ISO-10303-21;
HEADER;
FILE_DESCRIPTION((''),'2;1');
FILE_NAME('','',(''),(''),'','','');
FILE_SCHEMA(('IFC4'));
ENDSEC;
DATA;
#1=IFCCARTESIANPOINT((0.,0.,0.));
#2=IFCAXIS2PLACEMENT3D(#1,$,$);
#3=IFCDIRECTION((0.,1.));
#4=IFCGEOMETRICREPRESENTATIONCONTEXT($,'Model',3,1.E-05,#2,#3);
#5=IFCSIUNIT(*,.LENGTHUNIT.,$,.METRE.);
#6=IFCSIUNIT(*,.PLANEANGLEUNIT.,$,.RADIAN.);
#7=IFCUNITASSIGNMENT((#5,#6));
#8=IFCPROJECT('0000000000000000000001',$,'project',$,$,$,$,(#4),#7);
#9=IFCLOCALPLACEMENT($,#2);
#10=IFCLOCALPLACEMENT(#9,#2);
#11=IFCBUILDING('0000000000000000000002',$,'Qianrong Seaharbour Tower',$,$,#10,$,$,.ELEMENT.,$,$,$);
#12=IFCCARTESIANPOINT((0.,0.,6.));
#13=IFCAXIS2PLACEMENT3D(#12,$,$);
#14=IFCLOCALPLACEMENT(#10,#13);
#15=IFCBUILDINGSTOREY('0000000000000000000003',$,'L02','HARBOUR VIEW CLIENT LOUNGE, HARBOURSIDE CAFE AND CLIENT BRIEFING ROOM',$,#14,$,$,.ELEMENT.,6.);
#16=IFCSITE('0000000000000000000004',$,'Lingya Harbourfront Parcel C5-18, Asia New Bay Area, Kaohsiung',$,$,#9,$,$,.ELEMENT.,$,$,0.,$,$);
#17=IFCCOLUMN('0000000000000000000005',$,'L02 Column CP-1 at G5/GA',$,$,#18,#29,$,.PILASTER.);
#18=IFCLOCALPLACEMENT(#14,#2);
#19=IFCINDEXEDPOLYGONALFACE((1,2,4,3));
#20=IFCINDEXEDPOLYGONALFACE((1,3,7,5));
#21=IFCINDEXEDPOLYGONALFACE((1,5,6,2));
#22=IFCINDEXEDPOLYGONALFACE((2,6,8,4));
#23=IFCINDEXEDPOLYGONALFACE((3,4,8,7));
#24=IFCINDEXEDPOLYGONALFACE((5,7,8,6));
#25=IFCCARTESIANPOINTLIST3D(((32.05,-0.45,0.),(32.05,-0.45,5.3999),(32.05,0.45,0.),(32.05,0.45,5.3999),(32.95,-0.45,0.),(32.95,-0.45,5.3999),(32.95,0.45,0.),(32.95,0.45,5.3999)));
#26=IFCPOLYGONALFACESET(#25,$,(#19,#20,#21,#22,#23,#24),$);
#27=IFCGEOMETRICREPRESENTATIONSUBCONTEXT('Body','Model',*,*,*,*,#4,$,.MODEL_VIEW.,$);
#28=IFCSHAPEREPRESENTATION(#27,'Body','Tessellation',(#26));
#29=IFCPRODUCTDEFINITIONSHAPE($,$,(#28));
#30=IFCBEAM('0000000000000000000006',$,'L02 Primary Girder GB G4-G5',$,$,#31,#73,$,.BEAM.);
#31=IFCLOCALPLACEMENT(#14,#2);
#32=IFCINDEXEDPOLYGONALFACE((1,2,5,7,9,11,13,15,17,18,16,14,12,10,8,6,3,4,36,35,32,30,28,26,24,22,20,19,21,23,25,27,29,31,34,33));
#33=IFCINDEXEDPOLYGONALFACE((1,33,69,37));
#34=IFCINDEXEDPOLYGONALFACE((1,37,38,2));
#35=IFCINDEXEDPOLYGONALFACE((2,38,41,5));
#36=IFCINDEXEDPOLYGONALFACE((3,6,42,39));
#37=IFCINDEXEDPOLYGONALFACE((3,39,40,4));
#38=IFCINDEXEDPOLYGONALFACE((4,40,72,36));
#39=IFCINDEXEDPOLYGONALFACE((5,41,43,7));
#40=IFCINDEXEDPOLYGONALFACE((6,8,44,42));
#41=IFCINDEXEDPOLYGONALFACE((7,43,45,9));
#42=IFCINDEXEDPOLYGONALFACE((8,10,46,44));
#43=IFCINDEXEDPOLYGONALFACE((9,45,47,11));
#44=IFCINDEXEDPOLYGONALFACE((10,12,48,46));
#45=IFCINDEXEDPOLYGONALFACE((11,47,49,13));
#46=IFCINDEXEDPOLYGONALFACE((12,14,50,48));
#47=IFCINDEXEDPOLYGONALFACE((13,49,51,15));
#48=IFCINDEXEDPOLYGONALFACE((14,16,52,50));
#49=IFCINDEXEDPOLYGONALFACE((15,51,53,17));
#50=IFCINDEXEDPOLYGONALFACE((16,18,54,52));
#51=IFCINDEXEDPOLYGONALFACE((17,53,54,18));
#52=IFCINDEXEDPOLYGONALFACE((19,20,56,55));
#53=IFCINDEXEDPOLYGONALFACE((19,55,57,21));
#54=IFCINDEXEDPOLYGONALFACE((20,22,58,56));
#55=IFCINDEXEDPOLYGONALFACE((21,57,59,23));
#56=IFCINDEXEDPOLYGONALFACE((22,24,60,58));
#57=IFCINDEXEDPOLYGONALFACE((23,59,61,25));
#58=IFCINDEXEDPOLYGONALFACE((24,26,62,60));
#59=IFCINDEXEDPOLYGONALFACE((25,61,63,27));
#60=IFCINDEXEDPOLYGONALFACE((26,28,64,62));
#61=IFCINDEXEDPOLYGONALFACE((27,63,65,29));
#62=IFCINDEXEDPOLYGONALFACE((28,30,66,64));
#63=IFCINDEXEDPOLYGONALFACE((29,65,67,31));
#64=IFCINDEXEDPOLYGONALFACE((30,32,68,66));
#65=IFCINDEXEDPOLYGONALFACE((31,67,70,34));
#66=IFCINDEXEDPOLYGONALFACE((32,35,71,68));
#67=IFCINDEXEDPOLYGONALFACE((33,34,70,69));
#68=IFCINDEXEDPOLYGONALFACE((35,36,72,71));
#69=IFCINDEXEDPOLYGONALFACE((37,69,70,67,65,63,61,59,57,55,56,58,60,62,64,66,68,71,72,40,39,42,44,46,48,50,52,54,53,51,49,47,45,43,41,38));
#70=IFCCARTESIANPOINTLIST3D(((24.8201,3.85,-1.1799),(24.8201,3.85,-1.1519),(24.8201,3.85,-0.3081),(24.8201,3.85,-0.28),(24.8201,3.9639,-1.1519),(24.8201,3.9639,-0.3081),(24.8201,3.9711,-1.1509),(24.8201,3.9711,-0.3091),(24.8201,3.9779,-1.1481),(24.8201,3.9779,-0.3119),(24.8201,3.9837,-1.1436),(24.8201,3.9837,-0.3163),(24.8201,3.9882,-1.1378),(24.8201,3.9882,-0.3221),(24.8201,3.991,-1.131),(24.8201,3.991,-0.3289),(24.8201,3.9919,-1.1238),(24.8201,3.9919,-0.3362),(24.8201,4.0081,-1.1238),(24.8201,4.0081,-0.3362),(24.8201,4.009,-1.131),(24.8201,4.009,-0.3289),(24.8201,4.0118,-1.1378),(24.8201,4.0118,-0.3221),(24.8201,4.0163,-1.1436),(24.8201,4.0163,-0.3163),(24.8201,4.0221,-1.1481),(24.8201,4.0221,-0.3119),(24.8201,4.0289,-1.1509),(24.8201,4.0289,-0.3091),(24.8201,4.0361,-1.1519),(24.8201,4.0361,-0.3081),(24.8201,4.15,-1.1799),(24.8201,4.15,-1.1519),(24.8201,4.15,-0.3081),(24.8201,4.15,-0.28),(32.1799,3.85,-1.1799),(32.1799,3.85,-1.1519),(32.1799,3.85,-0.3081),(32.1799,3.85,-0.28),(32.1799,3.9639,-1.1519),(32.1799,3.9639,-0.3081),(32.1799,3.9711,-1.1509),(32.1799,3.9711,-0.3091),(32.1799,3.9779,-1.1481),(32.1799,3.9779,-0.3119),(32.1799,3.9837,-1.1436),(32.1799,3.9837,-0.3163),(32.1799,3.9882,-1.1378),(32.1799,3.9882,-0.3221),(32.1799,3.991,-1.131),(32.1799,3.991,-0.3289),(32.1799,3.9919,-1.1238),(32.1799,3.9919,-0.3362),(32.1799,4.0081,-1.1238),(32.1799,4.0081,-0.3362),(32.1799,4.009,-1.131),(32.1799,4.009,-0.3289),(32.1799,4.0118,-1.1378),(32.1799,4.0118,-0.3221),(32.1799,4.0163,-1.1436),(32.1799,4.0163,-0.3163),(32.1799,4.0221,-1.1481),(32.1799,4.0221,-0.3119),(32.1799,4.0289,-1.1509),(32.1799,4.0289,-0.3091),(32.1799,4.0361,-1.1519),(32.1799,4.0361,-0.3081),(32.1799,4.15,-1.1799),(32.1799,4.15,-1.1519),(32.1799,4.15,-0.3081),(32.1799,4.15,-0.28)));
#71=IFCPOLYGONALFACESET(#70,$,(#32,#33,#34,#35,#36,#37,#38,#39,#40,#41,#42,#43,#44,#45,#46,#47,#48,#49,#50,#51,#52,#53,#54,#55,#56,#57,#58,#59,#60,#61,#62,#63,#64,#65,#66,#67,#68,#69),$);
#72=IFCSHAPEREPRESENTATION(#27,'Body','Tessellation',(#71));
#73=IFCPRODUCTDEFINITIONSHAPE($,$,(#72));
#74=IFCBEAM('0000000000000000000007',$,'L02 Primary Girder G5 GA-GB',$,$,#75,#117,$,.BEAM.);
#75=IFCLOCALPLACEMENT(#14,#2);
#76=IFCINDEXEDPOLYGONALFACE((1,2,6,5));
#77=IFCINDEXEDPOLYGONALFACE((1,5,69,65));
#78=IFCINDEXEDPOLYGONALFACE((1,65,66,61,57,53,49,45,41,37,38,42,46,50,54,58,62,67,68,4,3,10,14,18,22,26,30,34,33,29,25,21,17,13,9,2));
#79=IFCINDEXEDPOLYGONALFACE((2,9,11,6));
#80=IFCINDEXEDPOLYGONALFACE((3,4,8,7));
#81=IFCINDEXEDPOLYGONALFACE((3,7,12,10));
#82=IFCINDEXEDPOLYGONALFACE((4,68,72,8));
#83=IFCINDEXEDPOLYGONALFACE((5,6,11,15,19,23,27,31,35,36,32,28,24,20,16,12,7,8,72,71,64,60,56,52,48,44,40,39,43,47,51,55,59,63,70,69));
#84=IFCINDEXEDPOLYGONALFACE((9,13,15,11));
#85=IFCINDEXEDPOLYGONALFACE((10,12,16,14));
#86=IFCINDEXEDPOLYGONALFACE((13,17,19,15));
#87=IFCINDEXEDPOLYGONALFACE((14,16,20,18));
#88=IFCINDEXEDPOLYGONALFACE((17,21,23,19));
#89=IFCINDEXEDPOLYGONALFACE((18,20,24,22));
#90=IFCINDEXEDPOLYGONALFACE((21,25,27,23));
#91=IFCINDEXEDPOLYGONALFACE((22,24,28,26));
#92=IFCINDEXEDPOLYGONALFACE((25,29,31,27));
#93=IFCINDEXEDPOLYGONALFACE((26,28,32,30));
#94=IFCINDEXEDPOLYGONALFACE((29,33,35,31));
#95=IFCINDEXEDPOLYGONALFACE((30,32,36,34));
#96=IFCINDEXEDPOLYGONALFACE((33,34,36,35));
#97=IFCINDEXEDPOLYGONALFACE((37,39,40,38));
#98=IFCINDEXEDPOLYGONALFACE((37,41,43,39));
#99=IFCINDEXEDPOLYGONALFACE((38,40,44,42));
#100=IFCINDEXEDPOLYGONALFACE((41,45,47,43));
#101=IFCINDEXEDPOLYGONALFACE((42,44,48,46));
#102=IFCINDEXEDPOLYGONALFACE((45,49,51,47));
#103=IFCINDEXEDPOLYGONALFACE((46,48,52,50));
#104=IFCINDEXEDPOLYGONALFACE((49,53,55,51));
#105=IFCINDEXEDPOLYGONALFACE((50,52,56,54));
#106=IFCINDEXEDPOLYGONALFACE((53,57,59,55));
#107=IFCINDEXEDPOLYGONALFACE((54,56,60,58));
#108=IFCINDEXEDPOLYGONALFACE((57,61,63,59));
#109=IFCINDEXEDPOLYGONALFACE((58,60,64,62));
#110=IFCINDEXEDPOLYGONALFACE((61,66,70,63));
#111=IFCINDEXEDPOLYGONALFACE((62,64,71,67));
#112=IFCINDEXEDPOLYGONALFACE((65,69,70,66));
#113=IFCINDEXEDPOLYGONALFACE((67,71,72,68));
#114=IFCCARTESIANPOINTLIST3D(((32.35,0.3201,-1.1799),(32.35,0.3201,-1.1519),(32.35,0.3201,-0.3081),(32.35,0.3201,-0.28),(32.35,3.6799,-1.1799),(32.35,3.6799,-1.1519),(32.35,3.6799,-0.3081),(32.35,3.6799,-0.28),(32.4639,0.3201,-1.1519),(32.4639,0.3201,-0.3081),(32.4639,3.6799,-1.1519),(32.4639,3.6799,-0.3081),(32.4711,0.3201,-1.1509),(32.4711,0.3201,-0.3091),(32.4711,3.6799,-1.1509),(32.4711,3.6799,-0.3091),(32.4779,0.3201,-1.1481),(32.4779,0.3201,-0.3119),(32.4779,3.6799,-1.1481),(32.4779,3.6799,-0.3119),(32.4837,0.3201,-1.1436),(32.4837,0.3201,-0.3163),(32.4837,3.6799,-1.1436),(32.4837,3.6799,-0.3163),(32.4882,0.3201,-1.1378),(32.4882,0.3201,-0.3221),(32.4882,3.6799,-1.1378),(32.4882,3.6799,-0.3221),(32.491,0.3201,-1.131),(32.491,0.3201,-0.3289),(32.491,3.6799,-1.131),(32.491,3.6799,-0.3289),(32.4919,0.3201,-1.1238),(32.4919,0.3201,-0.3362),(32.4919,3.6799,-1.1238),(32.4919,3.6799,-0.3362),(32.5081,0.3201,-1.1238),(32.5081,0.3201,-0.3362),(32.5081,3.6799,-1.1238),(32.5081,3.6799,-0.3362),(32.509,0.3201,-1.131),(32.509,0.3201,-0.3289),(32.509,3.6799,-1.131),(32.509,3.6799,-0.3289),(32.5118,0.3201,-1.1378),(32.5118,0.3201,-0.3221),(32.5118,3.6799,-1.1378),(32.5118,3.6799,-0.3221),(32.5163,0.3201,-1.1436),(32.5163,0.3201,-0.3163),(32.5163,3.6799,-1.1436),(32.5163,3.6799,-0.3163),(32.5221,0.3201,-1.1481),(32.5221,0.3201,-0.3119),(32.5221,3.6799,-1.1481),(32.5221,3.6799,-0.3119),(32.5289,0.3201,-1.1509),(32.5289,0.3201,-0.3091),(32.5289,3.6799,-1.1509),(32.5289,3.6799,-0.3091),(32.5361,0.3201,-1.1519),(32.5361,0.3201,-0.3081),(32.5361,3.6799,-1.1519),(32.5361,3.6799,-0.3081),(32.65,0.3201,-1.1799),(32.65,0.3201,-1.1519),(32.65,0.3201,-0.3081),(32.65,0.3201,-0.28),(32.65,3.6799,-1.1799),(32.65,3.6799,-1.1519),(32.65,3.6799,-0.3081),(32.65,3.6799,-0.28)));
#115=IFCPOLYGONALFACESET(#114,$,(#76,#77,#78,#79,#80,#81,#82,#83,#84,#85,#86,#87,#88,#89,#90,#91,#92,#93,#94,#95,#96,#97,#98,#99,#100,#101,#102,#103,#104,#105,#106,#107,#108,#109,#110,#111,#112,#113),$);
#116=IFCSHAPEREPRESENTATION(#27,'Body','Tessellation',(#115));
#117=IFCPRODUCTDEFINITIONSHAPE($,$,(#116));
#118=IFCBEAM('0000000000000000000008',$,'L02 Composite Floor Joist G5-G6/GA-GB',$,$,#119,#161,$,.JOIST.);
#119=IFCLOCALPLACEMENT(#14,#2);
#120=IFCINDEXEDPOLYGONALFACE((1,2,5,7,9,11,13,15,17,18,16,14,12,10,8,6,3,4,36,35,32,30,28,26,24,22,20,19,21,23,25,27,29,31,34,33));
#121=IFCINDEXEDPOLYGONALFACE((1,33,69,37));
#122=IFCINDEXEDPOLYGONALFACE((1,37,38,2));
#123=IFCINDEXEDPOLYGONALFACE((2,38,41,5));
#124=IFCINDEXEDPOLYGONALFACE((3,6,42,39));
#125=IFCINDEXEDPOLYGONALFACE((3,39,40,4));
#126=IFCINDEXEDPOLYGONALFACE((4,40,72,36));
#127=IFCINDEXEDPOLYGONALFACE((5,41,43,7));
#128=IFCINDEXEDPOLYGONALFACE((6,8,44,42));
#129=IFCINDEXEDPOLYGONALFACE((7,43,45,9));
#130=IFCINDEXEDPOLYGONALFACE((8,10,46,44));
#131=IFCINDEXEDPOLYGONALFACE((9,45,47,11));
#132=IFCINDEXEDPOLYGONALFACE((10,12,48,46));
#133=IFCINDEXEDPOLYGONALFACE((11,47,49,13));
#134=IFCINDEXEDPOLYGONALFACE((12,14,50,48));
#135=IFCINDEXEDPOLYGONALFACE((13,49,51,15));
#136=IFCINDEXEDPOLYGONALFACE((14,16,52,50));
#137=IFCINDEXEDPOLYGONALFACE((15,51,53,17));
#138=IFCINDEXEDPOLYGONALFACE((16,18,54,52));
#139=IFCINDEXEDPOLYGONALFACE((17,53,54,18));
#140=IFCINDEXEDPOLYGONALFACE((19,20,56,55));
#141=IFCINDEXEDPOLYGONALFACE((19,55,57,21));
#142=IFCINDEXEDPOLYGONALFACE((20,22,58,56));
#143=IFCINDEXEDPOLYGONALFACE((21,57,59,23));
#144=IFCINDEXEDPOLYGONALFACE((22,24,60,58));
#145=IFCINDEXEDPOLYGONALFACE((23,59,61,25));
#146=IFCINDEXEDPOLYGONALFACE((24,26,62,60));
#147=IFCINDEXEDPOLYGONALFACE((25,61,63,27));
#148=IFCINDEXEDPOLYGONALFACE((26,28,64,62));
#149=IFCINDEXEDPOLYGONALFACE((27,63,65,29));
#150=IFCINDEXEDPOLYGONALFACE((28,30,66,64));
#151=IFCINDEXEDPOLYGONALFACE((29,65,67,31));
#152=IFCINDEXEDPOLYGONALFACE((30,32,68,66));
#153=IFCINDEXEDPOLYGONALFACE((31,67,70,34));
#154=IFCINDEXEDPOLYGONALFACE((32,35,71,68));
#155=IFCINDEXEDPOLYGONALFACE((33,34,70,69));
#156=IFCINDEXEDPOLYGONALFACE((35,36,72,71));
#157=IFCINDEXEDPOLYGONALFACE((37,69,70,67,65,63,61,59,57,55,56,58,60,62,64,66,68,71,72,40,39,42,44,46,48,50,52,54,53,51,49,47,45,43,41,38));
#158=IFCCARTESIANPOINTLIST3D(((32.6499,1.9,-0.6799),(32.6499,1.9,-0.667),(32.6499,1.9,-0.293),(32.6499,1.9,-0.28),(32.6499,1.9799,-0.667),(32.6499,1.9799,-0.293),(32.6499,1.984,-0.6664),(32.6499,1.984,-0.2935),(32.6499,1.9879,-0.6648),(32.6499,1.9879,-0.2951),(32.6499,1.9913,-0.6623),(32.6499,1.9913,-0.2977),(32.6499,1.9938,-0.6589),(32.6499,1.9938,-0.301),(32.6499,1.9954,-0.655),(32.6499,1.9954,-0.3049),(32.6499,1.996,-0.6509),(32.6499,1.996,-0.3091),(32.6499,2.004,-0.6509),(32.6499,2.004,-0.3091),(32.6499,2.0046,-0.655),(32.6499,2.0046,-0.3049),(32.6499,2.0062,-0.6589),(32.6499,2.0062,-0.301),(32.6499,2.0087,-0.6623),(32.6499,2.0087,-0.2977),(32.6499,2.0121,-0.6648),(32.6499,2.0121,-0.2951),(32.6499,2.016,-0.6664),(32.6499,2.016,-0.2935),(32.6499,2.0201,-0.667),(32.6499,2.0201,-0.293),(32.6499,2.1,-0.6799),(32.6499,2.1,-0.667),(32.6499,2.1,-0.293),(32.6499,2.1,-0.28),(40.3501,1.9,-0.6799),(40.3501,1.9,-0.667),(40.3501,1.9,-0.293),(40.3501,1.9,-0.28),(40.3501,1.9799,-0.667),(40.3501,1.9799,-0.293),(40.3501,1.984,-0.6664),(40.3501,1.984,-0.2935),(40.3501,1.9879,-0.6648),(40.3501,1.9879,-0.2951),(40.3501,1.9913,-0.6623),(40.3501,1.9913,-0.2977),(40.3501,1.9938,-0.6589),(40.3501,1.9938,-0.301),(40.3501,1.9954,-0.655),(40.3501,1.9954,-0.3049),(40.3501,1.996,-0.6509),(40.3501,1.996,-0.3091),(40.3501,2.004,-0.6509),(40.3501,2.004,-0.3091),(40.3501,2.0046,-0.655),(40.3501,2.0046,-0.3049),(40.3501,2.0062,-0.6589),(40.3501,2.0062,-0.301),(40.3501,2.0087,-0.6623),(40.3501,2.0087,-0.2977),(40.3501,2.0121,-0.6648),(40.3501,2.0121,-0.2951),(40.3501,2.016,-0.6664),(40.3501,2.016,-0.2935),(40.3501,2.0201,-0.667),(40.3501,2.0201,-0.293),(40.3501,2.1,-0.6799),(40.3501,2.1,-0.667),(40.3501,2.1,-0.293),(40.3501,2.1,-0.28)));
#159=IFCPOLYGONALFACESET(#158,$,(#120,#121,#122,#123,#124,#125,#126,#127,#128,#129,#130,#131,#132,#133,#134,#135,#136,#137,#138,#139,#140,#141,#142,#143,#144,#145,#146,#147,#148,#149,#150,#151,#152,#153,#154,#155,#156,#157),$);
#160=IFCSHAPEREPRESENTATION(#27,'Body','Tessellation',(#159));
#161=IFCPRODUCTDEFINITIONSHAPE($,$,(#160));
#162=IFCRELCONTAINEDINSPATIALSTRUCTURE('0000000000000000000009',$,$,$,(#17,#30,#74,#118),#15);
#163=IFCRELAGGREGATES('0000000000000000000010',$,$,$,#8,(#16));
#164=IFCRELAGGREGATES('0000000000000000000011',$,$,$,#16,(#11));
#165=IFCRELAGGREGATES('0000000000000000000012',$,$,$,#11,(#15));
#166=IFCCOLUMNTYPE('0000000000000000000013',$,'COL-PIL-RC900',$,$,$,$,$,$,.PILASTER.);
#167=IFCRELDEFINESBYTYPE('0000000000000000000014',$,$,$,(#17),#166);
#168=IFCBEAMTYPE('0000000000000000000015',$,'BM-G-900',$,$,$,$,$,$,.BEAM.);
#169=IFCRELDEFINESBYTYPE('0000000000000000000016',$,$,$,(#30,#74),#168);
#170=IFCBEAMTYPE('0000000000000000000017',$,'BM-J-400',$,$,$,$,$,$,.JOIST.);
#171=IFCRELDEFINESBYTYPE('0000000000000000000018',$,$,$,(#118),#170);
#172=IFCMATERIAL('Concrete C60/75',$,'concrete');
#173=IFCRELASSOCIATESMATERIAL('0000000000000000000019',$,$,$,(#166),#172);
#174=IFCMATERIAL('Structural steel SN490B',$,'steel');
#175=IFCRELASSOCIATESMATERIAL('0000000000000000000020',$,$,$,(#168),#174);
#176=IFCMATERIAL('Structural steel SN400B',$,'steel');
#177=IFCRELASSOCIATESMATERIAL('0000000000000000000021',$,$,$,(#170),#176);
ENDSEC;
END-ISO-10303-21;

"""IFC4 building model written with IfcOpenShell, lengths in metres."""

from ifc_helpers import new_model, si_unit, direction, frame, origin, origin_2d, place, context, subcontext, project, spatial, rectangle, i_section, extrude, material, material_profile, profile_set, type_object, element, save


model = new_model("IFC4")

# Units and contexts
model_context = context("Model", 3, precision=1e-05, world=origin(), true_north=direction((0.0, 1.0)))
body_context = subcontext(model_context, "Body", "Model", "MODEL_VIEW")
ifc_project = project(units=[si_unit("LENGTHUNIT", "METRE"), si_unit("PLANEANGLEUNIT", "RADIAN")], contexts=[model_context])

# Site, building, storey
site_placement = place(None, origin())
site = spatial("IfcSite", under=ifc_project, at=site_placement, Name="Lingya Harbourfront Parcel C5-18, Asia New Bay Area, Kaohsiung", CompositionType="ELEMENT", RefElevation=0.0)
building_placement = place(site_placement, origin())
building = spatial("IfcBuilding", under=site, at=building_placement, Name="Qianrong Seaharbour Tower", CompositionType="ELEMENT")
storey_placement = place(building_placement, frame((0.0, 0.0, 6.0)))
storey = spatial("IfcBuildingStorey", under=building, at=storey_placement, Name="L02", Description="HARBOUR VIEW CLIENT LOUNGE, HARBOURSIDE CAFE AND CLIENT BRIEFING ROOM", CompositionType="ELEMENT", Elevation=6.0)

# Column
ifc_material_1 = material(Name="Concrete C60/75", Category="concrete")
ifc_material_profile_1 = material_profile(ifc_material_1, rectangle(XDim=0.8999, YDim=0.8999, at=origin_2d()), Name="RC900x900")
ifc_profile_set_1 = profile_set([ifc_material_profile_1], Name="Concrete C60/75")
column_type = type_object("IfcColumnType", Name="COL-PIL-RC900", PredefinedType="PILASTER", material=ifc_profile_set_1)
column_placement = place(storey_placement, frame((32.5, 0.0, 0.0), z_axis=(0.0, 0.0, 1.0), x_axis=(1.0, 0.0, 0.0)))
element("IfcColumn", 1, at=column_placement, inside=storey, type_object=column_type, Name="L02 Column CP-1 at G5/GA", PredefinedType="PILASTER", context=body_context, shape_type="SweptSolid", body=[
    extrude(rectangle(XDim=0.8999, YDim=0.8999, at=origin_2d()), origin(), (0.0, 0.0, 1.0), 5.3999),
])

# Beams
ifc_material_2 = material(Name="Structural steel SN490B", Category="steel")
ifc_material_profile_2 = material_profile(ifc_material_2, i_section(OverallWidth=0.3, OverallDepth=0.8999, WebThickness=0.0161, FlangeThickness=0.0281, FilletRadius=0.0281, at=origin_2d()), Name="H900x300x16x28")
ifc_profile_set_2 = profile_set([ifc_material_profile_2], Name="Structural steel SN490B")
beam_type_1 = type_object("IfcBeamType", Name="BM-G-900", PredefinedType="BEAM", material=ifc_profile_set_2)
beam_1_placement = place(storey_placement, frame((24.8201, 4.0, -0.73), z_axis=(1.0, 0.0, 0.0), x_axis=(0.0, 1.0, 0.0)))
element("IfcBeam", 2, at=beam_1_placement, inside=storey, type_object=beam_type_1, Name="L02 Primary Girder GB G4-G5", PredefinedType="BEAM", context=body_context, shape_type="SweptSolid", body=[
    extrude(i_section(OverallWidth=0.3, OverallDepth=0.8999, WebThickness=0.0161, FlangeThickness=0.0281, FilletRadius=0.0281, at=origin_2d()), origin(), (0.0, 0.0, 1.0), 7.3599),
])
beam_2_placement = place(storey_placement, frame((32.5, 0.3201, -0.73), z_axis=(0.0, 1.0, 0.0), x_axis=(-1.0, 0.0, 0.0)))
element("IfcBeam", 3, at=beam_2_placement, inside=storey, type_object=beam_type_1, Name="L02 Primary Girder G5 GA-GB", PredefinedType="BEAM", context=body_context, shape_type="SweptSolid", body=[
    extrude(i_section(OverallWidth=0.3, OverallDepth=0.8999, WebThickness=0.0161, FlangeThickness=0.0281, FilletRadius=0.0281, at=origin_2d()), origin(), (0.0, 0.0, 1.0), 3.3599),
])
ifc_material_3 = material(Name="Structural steel SN400B", Category="steel")
ifc_material_profile_3 = material_profile(ifc_material_3, i_section(OverallWidth=0.2, OverallDepth=0.3999, WebThickness=0.0081, FlangeThickness=0.0129, FilletRadius=0.0161, at=origin_2d()), Name="H400x200x8x13")
ifc_profile_set_3 = profile_set([ifc_material_profile_3], Name="Structural steel SN400B")
beam_type_2 = type_object("IfcBeamType", Name="BM-J-400", PredefinedType="JOIST", material=ifc_profile_set_3)
beam_3_placement = place(storey_placement, frame((32.6499, 2.0, -0.48), z_axis=(1.0, 0.0, 0.0), x_axis=(0.0, 1.0, 0.0)))
element("IfcBeam", 4, at=beam_3_placement, inside=storey, type_object=beam_type_2, Name="L02 Composite Floor Joist G5-G6/GA-GB", PredefinedType="JOIST", context=body_context, shape_type="SweptSolid", body=[
    extrude(i_section(OverallWidth=0.2, OverallDepth=0.3999, WebThickness=0.0081, FlangeThickness=0.0129, FilletRadius=0.0161, at=origin_2d()), origin(), (0.0, 0.0, 1.0), 7.7002),
])

save(model, "model.ifc")
